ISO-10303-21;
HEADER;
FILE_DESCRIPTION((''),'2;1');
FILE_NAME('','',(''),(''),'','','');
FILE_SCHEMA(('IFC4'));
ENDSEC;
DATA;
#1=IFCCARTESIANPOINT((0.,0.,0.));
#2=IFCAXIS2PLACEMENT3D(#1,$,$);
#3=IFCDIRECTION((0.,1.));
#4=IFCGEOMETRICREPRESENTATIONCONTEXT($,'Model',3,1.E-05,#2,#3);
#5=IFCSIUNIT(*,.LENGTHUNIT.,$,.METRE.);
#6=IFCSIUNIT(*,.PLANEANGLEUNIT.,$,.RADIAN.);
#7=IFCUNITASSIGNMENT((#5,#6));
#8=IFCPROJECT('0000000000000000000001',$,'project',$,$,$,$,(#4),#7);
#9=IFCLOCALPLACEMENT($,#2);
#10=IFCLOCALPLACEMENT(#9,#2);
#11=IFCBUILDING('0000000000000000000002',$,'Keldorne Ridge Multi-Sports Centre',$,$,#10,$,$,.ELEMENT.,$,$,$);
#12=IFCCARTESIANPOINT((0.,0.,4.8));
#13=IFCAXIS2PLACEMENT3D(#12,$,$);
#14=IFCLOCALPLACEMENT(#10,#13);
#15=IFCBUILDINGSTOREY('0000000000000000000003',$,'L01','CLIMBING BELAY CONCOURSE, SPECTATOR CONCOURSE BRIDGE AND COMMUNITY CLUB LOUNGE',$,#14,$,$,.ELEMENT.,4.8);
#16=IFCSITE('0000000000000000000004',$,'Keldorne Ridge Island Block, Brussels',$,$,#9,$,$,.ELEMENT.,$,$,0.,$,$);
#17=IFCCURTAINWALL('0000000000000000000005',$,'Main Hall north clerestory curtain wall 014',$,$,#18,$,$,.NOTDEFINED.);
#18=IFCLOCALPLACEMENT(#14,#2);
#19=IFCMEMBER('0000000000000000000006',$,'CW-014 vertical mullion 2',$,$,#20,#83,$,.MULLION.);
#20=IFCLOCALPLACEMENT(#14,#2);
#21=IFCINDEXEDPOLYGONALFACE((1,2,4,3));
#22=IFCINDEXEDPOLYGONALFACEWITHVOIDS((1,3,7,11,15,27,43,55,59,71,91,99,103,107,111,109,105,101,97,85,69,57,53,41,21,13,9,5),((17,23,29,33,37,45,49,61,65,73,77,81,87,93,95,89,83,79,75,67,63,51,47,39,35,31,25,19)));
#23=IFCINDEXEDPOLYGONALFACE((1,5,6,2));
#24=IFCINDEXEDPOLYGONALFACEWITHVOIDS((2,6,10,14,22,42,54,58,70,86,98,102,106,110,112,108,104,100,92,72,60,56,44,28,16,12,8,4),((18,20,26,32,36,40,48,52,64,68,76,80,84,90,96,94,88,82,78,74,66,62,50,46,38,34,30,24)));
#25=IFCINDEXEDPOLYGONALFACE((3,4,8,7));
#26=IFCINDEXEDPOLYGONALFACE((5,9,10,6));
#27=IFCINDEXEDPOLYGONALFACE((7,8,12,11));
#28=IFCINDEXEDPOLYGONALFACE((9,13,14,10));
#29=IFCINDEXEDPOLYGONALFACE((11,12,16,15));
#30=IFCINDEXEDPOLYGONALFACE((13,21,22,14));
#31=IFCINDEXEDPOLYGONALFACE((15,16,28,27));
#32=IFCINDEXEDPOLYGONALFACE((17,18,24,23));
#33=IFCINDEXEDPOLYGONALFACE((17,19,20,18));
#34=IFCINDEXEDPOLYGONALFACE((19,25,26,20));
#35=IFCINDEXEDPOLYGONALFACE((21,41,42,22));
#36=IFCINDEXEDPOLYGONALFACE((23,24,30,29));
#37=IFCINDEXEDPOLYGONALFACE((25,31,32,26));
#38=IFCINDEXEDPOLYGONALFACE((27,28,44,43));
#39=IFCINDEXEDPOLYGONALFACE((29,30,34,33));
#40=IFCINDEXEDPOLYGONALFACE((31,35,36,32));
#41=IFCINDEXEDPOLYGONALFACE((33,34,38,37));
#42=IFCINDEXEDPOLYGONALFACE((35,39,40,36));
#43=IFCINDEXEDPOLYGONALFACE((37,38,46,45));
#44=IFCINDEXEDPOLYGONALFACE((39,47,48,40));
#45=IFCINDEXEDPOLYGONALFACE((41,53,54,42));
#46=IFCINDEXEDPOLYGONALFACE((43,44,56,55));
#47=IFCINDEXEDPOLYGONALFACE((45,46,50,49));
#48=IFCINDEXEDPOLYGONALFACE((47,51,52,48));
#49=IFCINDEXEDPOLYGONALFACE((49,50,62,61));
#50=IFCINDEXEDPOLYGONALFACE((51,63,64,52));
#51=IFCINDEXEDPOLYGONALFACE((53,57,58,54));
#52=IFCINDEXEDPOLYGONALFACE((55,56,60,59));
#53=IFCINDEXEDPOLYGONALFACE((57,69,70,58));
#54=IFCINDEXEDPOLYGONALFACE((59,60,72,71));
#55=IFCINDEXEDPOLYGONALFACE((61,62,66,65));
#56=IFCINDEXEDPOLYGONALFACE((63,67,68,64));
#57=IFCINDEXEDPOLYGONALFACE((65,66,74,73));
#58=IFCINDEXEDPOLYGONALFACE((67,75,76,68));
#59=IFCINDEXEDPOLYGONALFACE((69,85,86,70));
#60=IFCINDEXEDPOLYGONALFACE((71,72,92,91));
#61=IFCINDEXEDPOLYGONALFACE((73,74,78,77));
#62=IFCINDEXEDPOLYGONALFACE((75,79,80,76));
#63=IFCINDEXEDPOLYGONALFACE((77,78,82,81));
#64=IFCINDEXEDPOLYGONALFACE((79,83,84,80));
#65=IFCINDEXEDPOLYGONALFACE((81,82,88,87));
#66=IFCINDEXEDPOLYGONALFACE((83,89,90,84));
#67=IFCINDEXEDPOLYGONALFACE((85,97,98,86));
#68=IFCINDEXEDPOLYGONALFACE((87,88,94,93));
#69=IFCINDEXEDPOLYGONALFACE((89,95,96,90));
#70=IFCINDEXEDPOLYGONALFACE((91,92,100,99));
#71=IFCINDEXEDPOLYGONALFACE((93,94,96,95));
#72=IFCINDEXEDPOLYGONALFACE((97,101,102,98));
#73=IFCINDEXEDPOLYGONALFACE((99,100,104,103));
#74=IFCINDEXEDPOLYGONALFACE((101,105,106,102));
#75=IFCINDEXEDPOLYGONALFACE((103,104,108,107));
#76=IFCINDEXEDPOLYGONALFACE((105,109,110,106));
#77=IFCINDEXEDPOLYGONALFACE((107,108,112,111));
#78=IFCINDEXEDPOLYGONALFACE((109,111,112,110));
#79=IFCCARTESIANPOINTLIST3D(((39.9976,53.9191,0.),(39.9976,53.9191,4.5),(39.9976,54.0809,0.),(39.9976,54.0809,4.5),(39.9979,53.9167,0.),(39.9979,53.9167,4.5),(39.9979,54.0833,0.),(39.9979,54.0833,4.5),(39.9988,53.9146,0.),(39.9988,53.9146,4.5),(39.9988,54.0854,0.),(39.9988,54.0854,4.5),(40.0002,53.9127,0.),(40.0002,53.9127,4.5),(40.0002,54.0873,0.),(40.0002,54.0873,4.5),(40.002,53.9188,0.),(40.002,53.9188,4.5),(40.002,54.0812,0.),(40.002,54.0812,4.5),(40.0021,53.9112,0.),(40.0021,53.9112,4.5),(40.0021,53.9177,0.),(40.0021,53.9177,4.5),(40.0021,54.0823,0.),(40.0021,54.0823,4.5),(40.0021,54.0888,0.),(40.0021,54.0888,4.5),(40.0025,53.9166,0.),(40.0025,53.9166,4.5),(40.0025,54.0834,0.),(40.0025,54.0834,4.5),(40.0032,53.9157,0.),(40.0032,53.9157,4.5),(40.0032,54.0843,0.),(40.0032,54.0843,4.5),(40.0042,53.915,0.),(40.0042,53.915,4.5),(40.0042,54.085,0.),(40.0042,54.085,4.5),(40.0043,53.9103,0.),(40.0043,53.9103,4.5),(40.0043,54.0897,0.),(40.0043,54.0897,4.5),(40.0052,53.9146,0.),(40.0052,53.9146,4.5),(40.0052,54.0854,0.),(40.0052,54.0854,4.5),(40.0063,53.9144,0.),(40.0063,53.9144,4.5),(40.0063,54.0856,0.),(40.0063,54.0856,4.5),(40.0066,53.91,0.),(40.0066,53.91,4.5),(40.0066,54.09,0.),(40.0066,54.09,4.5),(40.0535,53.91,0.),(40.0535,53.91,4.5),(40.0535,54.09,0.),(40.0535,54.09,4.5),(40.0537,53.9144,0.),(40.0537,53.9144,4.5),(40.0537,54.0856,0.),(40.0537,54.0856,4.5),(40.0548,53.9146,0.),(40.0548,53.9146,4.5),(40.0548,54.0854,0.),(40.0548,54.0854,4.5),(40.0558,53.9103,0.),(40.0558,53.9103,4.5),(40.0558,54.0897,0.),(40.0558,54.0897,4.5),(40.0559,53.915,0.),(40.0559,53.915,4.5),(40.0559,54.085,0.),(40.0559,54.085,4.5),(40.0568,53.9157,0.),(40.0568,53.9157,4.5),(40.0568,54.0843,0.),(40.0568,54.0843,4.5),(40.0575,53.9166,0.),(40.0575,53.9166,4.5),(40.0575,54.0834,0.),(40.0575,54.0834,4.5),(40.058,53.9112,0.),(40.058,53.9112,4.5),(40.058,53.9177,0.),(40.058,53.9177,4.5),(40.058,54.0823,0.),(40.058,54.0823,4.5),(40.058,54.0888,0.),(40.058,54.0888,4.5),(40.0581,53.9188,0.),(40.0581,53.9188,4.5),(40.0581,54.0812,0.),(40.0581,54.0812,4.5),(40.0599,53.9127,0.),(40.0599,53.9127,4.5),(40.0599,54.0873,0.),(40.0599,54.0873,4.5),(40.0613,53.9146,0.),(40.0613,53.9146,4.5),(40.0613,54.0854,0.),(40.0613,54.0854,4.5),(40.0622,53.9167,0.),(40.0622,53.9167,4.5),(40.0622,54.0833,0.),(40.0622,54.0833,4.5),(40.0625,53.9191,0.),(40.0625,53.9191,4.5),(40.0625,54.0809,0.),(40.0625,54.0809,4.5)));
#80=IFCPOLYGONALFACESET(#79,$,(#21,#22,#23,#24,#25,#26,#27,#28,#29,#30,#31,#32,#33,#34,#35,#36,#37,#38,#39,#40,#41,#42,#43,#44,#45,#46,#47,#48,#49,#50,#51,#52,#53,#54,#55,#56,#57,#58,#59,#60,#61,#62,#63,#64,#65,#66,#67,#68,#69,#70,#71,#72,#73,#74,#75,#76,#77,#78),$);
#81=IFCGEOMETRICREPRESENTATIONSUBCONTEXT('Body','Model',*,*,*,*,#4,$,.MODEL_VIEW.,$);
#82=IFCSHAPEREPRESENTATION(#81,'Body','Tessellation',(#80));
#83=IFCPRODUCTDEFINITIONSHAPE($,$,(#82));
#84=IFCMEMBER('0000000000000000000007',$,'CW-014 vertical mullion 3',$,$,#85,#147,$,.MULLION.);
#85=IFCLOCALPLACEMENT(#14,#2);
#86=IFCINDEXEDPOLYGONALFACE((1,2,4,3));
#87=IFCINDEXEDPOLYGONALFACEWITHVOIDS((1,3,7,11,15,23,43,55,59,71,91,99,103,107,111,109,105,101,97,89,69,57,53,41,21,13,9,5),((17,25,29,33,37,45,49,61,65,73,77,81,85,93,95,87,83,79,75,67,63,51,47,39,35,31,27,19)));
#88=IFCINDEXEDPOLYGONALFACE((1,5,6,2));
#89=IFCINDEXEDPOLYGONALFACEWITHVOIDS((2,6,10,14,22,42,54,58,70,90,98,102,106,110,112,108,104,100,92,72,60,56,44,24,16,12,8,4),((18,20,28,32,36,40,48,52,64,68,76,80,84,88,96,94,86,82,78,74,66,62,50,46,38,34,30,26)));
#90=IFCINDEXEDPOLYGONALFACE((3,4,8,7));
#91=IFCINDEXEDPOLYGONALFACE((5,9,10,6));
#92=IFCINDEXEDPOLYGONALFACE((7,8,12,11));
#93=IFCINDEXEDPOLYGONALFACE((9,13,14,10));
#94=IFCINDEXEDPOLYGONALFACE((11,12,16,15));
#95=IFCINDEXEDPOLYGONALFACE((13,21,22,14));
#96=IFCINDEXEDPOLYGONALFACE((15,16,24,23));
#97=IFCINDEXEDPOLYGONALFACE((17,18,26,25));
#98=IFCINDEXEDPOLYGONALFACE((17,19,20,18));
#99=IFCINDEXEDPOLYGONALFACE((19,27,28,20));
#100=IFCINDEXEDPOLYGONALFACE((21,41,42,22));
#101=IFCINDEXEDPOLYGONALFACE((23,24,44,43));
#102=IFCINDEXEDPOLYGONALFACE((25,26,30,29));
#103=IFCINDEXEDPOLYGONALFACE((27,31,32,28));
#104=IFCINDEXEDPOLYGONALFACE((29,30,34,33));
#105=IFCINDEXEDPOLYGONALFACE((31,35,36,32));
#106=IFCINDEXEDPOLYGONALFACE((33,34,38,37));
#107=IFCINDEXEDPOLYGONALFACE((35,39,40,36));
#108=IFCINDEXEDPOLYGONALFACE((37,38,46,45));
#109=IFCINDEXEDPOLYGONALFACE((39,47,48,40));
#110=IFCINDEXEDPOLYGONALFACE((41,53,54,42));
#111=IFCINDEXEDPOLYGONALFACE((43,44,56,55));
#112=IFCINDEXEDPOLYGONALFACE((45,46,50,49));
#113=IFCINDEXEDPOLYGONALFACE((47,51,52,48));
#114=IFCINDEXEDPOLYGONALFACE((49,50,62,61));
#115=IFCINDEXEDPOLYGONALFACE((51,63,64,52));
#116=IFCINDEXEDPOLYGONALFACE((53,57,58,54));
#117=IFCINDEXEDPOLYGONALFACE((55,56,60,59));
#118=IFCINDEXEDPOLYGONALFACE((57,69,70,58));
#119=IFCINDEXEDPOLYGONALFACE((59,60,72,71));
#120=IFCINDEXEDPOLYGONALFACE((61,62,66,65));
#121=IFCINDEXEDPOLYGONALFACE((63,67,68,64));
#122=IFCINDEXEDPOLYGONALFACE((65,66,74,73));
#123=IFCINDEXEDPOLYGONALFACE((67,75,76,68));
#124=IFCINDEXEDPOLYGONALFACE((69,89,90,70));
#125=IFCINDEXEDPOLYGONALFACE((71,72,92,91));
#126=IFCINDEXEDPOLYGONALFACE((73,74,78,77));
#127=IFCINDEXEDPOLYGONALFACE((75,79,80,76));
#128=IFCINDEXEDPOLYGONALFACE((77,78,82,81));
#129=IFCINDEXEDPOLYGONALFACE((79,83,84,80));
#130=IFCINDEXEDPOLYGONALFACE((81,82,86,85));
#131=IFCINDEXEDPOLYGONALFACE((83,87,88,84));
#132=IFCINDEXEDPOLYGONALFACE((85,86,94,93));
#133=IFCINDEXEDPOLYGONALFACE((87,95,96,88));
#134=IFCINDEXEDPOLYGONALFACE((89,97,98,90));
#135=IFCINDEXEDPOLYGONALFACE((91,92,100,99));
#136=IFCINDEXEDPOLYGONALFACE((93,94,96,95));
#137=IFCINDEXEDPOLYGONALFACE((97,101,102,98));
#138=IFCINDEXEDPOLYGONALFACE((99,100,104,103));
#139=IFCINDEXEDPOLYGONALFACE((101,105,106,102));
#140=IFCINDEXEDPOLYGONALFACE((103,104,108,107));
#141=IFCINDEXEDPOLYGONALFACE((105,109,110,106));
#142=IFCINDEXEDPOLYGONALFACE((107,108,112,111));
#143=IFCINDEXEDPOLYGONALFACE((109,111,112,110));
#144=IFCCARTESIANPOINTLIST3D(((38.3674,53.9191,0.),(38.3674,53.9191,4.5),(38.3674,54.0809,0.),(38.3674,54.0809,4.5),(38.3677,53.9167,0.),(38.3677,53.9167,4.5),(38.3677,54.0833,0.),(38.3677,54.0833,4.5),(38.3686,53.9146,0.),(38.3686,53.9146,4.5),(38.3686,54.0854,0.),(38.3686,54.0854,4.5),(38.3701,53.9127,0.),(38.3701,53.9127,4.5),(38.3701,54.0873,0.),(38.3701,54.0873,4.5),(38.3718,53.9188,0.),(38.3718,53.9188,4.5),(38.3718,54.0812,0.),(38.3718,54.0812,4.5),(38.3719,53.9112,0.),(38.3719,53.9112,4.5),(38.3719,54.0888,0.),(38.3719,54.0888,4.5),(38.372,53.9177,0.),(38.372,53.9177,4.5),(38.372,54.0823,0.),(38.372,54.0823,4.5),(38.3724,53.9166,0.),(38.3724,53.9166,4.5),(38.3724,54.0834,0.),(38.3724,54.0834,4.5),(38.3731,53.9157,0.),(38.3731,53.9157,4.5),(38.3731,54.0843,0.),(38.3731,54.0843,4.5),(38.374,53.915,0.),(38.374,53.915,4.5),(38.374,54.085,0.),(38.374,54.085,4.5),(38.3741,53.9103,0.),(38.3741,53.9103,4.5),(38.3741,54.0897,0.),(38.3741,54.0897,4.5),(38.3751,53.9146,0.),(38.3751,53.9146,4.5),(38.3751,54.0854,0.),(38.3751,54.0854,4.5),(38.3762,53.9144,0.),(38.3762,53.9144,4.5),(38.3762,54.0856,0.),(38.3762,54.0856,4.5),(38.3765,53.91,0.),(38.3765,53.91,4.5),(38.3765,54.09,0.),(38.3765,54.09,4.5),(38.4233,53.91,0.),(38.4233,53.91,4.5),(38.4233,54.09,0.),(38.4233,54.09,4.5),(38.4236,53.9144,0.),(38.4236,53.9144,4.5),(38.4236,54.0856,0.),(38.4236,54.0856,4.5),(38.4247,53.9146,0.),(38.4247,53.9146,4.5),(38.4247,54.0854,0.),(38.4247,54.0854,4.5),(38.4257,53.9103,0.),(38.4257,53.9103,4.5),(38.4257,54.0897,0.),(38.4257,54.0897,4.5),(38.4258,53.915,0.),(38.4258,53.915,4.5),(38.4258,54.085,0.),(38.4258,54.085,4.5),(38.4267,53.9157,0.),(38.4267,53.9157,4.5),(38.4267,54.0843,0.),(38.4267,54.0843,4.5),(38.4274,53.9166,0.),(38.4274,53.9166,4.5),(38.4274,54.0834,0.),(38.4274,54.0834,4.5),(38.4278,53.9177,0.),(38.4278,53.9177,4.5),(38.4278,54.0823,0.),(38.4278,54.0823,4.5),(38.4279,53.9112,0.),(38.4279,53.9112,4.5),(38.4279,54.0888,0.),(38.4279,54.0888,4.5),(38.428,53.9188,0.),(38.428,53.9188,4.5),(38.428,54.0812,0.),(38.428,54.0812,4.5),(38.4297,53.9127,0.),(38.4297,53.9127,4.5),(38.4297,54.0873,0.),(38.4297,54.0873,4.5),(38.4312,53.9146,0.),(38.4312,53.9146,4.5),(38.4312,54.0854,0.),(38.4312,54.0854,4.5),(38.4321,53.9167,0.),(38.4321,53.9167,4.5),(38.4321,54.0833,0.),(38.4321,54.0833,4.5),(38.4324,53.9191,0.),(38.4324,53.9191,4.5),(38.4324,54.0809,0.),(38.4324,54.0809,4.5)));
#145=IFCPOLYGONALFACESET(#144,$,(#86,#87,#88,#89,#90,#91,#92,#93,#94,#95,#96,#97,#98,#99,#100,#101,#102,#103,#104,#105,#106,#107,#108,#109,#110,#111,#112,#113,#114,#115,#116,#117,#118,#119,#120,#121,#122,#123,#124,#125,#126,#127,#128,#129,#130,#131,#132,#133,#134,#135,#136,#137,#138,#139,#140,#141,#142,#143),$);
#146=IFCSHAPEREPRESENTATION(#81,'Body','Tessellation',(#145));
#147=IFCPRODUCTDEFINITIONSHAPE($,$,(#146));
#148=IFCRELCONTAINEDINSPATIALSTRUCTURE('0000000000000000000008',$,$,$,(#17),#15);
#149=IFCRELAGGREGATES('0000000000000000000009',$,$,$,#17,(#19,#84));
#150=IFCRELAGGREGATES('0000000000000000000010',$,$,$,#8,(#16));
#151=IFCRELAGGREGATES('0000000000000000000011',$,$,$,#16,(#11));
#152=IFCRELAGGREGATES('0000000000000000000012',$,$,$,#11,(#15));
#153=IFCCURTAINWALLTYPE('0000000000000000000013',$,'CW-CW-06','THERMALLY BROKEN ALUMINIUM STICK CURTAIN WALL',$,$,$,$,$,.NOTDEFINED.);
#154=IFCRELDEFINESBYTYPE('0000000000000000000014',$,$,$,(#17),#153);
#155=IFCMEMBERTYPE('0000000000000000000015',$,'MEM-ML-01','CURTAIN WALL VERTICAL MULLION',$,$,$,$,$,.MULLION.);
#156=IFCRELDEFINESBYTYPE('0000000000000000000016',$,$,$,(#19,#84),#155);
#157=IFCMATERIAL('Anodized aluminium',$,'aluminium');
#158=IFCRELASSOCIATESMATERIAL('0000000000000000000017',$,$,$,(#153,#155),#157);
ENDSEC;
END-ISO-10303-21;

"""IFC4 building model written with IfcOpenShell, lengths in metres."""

from ifc_helpers import new_model, si_unit, direction, frame, origin, origin_2d, place, context, subcontext, project, spatial, hollow_rectangle, extrude, material, material_profile, profile_set, type_object, element, aggregate, save


model = new_model("IFC4")

# Units and contexts
model_context = context("Model", 3, precision=1e-05, world=origin(), true_north=direction((0.0, 1.0)))
body_context = subcontext(model_context, "Body", "Model", "MODEL_VIEW")
ifc_project = project(units=[si_unit("LENGTHUNIT", "METRE"), si_unit("PLANEANGLEUNIT", "RADIAN")], contexts=[model_context])

# Site, building, storey
site_placement = place(None, origin())
site = spatial("IfcSite", under=ifc_project, at=site_placement, Name="Keldorne Ridge Island Block, Brussels", CompositionType="ELEMENT", RefElevation=0.0)
building_placement = place(site_placement, origin())
building = spatial("IfcBuilding", under=site, at=building_placement, Name="Keldorne Ridge Multi-Sports Centre", CompositionType="ELEMENT")
storey_placement = place(building_placement, frame((0.0, 0.0, 4.8)))
storey = spatial("IfcBuildingStorey", under=building, at=storey_placement, Name="L01", Description="CLIMBING BELAY CONCOURSE, SPECTATOR CONCOURSE BRIDGE AND COMMUNITY CLUB LOUNGE", CompositionType="ELEMENT", Elevation=4.8)

# Curtain wall, members
ifc_material_1 = material(Name="Anodized aluminium", Category="aluminium")
curtain_wall_type_1 = type_object("IfcCurtainWallType", Name="CW-CW-06", Description="THERMALLY BROKEN ALUMINIUM STICK CURTAIN WALL", PredefinedType="NOTDEFINED", material=ifc_material_1)
curtain_wall_1_placement = place(storey_placement, origin())
curtain_wall_1 = element("IfcCurtainWall", 1, at=curtain_wall_1_placement, inside=storey, type_object=curtain_wall_type_1, Name="Main Hall north clerestory curtain wall 014", PredefinedType="NOTDEFINED")
ifc_material_profile_1 = material_profile(ifc_material_1, hollow_rectangle(XDim=0.0649, YDim=0.1799, WallThickness=0.0044, InnerFilletRadius=0.0044, OuterFilletRadius=0.009, at=origin_2d()), Name="ALU MULLION 180x65x4.5")
ifc_profile_set_1 = profile_set([ifc_material_profile_1], Name="Anodized aluminium")
member_type_1 = type_object("IfcMemberType", Name="MEM-ML-01", Description="CURTAIN WALL VERTICAL MULLION", PredefinedType="MULLION", material=ifc_profile_set_1)
member_1_placement = place(storey_placement, frame((40.03, 54.0, 0.0), z_axis=(0.0, 0.0, 1.0), x_axis=(1.0, 0.0, 0.0)))
member_1 = element("IfcMember", 2, at=member_1_placement, type_object=member_type_1, Name="CW-014 vertical mullion 2", PredefinedType="MULLION", context=body_context, shape_type="SweptSolid", body=[
    extrude(hollow_rectangle(XDim=0.0649, YDim=0.1799, WallThickness=0.0044, InnerFilletRadius=0.0044, OuterFilletRadius=0.009, at=origin_2d()), origin(), (0.0, 0.0, 1.0), 4.5),
])
member_2_placement = place(storey_placement, frame((38.3999, 54.0, 0.0), z_axis=(0.0, 0.0, 1.0), x_axis=(1.0, 0.0, 0.0)))
member_2 = element("IfcMember", 3, at=member_2_placement, type_object=member_type_1, Name="CW-014 vertical mullion 3", PredefinedType="MULLION", context=body_context, shape_type="SweptSolid", body=[
    extrude(hollow_rectangle(XDim=0.0649, YDim=0.1799, WallThickness=0.0044, InnerFilletRadius=0.0044, OuterFilletRadius=0.009, at=origin_2d()), origin(), (0.0, 0.0, 1.0), 4.5),
])

aggregate(curtain_wall_1, [member_1, member_2])

save(model, "model.ifc")
